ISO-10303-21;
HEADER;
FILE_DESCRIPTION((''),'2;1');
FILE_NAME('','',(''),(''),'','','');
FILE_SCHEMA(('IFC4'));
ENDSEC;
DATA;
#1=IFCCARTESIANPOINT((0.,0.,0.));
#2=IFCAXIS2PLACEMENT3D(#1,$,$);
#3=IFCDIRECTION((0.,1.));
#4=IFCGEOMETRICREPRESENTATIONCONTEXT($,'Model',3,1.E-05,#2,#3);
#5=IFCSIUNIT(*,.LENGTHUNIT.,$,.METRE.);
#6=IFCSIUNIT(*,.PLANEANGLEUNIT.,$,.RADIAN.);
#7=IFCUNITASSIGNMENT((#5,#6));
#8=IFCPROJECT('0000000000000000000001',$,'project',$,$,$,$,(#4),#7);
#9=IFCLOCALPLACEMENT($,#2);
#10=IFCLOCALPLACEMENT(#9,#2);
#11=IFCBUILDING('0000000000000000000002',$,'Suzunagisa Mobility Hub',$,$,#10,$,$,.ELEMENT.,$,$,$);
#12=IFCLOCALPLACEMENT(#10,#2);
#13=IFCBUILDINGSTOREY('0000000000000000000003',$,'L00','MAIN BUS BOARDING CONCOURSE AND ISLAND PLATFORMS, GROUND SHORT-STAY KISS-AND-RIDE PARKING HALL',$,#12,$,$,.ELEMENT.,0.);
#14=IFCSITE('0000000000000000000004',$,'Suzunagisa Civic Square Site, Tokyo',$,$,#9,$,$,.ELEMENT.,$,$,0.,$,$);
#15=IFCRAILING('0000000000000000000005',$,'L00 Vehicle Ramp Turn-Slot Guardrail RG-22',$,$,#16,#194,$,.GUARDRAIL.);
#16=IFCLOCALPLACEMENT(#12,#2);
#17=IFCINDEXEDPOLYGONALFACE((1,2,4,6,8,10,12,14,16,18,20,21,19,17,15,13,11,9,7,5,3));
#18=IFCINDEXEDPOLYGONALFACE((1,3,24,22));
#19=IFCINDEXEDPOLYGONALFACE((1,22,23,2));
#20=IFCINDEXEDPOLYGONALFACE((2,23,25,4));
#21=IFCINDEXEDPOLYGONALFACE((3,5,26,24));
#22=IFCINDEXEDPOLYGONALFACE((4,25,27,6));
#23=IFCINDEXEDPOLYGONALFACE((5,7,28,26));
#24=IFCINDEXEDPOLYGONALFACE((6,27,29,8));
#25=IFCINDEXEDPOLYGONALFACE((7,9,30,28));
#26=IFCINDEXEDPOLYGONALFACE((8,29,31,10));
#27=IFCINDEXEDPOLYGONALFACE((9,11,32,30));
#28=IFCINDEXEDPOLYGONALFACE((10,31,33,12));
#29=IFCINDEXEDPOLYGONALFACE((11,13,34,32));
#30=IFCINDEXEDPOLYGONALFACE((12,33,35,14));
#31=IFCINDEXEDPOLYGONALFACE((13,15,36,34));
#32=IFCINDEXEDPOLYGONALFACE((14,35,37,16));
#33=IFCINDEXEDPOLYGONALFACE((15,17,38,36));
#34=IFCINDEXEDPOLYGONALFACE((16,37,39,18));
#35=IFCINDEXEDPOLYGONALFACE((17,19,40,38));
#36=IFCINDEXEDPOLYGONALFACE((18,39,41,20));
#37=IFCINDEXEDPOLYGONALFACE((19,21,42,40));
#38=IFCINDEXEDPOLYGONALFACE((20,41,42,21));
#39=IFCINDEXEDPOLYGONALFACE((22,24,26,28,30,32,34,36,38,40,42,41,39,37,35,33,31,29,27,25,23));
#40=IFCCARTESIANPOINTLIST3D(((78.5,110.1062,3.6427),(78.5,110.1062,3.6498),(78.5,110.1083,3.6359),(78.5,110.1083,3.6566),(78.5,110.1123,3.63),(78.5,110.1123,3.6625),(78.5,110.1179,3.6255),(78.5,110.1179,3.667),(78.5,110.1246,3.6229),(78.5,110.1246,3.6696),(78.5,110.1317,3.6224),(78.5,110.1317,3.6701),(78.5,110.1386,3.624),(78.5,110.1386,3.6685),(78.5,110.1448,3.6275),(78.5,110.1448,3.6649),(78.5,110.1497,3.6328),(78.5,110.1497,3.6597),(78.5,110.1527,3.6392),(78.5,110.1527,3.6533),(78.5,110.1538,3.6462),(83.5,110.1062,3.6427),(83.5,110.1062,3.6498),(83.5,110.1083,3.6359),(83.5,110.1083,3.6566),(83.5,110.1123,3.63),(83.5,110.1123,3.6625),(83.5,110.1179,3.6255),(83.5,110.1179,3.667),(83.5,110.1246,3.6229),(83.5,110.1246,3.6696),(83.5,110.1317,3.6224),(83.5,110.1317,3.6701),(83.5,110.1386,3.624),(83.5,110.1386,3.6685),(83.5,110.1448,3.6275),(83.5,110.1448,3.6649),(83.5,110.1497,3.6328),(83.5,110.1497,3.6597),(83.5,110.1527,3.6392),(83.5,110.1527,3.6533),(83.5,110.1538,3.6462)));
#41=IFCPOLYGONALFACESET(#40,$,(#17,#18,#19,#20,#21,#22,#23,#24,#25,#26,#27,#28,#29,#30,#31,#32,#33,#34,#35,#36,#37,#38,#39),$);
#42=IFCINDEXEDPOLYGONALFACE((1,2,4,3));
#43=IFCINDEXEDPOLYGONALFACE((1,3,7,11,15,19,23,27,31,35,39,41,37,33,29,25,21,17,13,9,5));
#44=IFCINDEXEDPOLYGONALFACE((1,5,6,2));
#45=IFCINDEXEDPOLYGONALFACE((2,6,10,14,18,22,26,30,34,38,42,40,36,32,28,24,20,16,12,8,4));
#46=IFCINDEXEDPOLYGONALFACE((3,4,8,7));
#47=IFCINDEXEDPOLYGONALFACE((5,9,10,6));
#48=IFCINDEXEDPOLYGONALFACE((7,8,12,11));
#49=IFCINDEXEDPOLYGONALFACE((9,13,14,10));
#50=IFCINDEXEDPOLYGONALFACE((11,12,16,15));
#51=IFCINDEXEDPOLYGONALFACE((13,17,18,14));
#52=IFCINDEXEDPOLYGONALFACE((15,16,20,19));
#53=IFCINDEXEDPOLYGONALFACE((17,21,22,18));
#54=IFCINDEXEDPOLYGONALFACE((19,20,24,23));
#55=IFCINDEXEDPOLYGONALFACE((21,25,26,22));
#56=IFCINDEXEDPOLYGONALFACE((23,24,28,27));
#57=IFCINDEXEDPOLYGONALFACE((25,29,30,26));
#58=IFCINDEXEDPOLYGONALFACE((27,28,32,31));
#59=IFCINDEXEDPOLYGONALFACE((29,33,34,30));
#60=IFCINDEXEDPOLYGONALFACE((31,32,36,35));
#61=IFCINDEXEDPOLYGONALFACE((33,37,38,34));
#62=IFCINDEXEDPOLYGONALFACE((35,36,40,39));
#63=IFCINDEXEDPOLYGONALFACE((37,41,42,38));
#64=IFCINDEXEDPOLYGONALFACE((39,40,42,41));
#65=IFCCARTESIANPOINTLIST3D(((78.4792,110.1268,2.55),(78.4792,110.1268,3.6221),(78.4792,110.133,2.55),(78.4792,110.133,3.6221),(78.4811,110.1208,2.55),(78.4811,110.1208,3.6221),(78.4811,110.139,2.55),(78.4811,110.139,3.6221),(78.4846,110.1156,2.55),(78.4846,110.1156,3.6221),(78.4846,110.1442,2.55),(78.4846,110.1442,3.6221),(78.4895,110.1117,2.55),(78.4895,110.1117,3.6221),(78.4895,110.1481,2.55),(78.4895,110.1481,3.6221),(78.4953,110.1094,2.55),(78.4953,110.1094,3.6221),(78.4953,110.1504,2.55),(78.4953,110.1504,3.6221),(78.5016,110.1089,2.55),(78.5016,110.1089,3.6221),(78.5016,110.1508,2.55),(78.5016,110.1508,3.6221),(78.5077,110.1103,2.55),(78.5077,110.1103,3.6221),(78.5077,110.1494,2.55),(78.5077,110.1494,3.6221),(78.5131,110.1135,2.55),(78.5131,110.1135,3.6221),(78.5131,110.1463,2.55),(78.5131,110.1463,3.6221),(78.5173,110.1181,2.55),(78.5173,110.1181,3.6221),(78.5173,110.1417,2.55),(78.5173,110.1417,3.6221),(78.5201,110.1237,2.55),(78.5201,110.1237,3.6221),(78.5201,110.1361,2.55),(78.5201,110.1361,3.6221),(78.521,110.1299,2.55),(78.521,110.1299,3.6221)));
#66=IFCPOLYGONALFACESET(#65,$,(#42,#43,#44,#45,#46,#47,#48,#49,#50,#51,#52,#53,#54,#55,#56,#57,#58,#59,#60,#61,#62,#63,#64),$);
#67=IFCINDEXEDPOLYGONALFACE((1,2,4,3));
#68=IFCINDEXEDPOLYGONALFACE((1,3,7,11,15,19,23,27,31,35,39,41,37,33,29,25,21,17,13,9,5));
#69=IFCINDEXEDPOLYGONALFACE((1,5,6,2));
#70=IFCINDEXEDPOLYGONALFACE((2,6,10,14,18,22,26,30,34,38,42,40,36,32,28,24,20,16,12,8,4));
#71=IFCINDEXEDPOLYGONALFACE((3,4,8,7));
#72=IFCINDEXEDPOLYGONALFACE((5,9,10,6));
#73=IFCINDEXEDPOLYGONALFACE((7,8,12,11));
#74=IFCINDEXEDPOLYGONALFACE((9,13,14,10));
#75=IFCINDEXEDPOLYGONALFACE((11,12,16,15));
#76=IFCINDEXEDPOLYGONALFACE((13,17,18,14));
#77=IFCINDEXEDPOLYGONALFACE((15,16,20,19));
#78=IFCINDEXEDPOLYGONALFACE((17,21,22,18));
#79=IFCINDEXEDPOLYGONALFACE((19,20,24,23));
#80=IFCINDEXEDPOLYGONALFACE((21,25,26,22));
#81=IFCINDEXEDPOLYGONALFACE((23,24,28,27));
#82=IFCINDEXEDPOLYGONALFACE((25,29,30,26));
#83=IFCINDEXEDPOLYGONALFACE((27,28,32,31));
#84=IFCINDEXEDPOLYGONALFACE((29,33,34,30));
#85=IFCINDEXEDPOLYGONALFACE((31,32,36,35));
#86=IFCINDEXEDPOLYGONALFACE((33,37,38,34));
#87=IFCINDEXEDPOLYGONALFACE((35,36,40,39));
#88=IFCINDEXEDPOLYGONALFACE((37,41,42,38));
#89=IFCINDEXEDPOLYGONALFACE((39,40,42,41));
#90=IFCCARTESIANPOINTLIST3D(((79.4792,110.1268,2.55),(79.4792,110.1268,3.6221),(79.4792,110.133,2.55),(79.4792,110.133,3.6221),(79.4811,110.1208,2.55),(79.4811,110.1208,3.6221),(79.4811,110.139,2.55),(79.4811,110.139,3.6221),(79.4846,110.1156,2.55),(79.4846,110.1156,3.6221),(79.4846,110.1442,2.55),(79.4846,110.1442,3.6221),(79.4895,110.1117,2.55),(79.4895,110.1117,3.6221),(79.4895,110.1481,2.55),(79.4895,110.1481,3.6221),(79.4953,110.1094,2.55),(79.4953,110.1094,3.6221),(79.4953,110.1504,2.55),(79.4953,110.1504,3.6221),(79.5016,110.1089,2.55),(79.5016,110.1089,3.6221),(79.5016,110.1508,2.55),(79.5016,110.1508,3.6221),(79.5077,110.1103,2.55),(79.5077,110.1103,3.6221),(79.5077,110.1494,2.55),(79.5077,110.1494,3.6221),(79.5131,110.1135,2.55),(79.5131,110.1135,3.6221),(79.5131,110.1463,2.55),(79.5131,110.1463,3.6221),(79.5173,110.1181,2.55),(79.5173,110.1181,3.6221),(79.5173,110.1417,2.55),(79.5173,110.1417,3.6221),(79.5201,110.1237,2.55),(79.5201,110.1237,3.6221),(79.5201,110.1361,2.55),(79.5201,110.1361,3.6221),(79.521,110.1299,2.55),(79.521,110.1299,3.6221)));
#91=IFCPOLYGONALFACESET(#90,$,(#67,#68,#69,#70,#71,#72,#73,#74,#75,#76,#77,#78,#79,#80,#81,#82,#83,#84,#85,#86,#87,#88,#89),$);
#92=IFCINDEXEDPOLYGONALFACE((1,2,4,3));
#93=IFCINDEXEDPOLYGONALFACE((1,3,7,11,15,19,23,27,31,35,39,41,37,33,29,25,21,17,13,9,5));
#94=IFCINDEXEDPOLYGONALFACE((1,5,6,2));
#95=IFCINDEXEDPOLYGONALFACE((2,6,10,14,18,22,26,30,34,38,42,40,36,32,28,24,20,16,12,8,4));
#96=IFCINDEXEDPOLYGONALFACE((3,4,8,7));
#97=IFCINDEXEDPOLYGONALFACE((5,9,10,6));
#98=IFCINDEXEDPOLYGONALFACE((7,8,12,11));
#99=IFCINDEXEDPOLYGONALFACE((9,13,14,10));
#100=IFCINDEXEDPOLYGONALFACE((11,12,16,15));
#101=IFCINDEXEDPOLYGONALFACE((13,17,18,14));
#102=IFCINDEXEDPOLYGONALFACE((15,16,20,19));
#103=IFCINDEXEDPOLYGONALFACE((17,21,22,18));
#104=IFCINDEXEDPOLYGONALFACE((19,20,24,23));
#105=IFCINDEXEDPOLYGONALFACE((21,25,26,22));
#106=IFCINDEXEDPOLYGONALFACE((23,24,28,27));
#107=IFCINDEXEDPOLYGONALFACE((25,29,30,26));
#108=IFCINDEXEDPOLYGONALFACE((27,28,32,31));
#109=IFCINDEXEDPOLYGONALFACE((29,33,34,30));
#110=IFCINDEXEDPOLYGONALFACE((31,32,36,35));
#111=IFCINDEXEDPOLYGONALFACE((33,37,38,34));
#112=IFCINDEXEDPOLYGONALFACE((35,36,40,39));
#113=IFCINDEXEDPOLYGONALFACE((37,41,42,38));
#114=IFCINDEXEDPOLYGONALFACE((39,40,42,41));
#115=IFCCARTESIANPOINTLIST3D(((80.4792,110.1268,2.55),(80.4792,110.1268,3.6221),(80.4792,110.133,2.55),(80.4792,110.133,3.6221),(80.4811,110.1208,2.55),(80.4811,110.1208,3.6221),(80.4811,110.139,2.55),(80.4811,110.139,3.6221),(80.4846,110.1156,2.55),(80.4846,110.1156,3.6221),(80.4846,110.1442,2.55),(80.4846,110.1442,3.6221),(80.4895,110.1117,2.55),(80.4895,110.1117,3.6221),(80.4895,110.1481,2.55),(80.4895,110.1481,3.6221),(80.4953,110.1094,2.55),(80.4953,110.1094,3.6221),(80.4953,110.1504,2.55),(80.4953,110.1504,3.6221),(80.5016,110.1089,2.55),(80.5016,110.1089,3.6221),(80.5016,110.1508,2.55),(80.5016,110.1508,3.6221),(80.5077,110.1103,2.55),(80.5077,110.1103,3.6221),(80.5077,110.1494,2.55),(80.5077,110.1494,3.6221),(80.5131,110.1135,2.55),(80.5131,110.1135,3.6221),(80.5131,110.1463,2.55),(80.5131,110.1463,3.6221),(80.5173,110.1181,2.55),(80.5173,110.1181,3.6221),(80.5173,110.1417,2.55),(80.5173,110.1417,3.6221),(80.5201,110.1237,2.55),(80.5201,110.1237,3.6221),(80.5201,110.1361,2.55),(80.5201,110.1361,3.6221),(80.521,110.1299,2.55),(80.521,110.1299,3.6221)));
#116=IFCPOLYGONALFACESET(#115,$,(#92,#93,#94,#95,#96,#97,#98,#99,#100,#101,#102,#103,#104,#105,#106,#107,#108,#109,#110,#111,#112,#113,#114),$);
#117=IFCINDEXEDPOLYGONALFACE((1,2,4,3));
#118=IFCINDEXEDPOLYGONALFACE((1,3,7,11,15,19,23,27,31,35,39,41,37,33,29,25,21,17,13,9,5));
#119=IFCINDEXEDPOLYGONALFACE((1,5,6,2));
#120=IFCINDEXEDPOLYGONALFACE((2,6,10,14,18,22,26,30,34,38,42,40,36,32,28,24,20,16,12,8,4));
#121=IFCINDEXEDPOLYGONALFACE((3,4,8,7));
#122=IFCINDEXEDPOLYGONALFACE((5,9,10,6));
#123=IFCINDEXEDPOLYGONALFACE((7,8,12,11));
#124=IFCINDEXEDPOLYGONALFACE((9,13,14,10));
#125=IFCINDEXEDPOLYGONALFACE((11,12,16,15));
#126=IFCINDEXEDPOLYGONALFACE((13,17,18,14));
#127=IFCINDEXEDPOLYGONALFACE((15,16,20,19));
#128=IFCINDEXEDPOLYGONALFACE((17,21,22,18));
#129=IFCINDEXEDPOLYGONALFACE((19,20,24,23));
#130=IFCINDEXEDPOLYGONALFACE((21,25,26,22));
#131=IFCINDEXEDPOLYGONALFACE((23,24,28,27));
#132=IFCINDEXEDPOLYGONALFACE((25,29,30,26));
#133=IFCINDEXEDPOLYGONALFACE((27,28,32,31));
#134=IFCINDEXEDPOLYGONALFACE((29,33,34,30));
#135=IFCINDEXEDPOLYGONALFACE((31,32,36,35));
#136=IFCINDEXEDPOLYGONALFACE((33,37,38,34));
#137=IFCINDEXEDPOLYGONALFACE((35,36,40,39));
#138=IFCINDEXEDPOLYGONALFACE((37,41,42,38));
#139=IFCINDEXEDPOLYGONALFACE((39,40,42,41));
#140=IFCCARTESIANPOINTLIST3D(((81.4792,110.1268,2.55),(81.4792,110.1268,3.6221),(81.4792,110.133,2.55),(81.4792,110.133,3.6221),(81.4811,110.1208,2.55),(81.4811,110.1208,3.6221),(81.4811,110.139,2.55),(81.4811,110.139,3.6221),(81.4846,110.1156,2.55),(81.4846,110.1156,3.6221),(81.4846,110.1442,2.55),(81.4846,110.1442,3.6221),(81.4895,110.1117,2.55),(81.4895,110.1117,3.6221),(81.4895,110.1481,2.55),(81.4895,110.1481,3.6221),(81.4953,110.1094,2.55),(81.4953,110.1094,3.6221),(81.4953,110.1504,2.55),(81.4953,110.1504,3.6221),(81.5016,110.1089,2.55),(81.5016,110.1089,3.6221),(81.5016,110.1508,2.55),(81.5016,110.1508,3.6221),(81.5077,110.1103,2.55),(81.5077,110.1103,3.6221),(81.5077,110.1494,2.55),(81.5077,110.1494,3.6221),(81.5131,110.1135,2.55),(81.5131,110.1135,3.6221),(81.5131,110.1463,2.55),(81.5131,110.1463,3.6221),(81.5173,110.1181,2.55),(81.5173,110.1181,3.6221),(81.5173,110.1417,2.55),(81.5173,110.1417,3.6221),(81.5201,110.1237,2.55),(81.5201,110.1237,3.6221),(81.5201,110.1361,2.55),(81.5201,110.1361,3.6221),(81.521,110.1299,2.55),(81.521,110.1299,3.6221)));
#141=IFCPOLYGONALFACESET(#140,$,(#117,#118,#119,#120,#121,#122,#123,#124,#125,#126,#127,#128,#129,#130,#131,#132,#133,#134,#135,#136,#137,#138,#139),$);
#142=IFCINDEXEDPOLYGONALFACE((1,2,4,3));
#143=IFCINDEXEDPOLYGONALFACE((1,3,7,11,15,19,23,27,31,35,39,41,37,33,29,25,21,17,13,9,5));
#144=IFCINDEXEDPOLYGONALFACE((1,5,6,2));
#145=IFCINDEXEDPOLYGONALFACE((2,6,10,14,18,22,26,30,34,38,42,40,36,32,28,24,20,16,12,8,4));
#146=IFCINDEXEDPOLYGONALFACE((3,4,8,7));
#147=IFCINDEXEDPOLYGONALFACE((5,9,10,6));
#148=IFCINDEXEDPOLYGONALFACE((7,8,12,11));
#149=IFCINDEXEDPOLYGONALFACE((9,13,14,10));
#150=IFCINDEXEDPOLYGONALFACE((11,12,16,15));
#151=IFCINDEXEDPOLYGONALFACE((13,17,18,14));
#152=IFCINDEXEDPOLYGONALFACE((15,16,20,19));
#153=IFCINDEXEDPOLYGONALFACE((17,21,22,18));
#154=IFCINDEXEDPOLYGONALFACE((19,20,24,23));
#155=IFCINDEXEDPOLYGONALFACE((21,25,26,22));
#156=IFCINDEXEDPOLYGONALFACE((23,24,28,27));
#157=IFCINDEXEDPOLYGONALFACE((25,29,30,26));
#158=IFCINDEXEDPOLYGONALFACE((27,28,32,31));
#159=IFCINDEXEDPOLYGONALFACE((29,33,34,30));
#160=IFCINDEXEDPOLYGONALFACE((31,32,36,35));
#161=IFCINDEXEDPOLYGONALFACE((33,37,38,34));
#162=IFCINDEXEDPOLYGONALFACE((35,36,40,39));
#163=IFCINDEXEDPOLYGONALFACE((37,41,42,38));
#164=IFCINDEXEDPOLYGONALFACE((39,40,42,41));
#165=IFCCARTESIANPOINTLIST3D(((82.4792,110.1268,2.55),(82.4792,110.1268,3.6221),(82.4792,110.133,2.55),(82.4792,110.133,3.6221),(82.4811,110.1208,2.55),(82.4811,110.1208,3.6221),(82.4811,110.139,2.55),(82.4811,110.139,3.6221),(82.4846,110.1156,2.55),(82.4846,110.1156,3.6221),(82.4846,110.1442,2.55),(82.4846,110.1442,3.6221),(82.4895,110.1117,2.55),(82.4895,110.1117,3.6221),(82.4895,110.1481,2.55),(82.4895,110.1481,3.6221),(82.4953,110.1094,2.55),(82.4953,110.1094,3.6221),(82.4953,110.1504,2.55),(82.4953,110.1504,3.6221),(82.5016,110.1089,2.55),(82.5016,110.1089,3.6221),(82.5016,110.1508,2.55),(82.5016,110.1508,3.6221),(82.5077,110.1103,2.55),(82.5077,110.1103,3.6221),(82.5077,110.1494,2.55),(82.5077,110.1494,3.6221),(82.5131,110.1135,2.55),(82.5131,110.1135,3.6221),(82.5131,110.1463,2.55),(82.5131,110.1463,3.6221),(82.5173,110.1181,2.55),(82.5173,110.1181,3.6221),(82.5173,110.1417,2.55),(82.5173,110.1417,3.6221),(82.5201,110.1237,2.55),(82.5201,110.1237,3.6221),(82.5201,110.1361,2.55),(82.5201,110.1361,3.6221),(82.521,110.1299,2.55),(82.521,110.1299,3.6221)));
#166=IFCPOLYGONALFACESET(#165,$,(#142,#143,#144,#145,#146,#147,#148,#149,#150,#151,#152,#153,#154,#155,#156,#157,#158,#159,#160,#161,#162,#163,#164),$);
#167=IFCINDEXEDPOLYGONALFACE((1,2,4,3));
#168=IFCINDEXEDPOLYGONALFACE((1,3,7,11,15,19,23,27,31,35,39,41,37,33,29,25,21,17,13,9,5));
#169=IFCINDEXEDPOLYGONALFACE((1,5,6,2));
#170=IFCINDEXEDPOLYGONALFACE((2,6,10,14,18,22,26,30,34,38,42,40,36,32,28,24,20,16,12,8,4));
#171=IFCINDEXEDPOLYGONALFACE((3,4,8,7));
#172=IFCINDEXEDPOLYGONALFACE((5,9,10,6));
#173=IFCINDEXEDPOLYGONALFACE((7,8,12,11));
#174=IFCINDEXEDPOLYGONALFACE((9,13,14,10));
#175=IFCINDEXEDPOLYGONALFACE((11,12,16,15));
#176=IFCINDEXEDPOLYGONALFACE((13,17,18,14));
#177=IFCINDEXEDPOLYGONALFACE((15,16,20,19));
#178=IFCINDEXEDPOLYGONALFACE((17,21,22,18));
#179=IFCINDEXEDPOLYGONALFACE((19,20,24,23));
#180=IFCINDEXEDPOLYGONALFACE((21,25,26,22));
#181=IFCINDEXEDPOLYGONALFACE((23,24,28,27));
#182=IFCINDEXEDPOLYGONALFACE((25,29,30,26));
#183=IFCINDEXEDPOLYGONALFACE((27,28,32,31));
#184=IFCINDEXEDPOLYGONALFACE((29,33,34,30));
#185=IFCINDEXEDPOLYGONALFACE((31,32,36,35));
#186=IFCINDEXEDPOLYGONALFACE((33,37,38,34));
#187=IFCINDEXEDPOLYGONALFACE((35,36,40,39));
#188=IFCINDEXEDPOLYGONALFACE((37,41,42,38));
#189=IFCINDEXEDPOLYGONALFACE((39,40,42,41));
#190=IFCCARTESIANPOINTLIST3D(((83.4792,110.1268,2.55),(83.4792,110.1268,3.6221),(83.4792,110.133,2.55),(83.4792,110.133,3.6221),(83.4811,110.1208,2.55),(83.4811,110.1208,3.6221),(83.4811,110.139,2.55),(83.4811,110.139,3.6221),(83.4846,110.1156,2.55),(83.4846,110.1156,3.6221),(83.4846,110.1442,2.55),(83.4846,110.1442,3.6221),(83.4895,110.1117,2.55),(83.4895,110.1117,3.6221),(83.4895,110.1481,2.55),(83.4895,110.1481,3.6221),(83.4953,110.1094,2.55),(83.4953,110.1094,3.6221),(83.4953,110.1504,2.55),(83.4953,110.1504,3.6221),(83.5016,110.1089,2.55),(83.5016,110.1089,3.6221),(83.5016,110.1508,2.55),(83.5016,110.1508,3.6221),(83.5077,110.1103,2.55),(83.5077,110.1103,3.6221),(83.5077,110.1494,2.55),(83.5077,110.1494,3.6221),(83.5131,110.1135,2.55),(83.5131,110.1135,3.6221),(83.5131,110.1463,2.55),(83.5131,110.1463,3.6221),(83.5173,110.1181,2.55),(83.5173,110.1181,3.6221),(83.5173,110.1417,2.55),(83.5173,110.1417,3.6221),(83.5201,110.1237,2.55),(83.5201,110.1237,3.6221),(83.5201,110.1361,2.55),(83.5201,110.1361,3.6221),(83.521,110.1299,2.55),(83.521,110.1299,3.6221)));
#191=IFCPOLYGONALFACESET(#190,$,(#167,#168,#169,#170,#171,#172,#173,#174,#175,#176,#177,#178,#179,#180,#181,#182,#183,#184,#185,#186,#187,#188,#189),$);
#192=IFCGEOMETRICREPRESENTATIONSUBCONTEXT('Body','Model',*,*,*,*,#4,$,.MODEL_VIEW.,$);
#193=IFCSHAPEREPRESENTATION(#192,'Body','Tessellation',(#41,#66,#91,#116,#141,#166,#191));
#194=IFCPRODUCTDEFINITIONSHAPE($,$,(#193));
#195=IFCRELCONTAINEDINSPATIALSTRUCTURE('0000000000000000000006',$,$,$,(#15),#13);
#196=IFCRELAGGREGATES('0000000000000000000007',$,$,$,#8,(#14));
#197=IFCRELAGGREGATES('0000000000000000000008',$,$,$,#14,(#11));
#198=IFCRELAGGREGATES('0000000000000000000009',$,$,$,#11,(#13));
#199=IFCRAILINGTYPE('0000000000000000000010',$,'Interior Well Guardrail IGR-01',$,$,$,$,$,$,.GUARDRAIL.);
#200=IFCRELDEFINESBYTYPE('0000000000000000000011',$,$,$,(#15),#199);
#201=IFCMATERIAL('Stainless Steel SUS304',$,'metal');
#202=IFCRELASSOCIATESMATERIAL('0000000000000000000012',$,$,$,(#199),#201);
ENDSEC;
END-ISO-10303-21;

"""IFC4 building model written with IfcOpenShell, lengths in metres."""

from ifc_helpers import new_model, si_unit, direction, frame, origin, origin_2d, place, context, subcontext, project, spatial, circle, extrude, material, type_object, element, save


model = new_model("IFC4")

# Units and contexts
model_context = context("Model", 3, precision=1e-05, world=origin(), true_north=direction((0.0, 1.0)))
body_context = subcontext(model_context, "Body", "Model", "MODEL_VIEW")
ifc_project = project(units=[si_unit("LENGTHUNIT", "METRE"), si_unit("PLANEANGLEUNIT", "RADIAN")], contexts=[model_context])

# Site, building, storey
site_placement = place(None, origin())
site = spatial("IfcSite", under=ifc_project, at=site_placement, Name="Suzunagisa Civic Square Site, Tokyo", CompositionType="ELEMENT", RefElevation=0.0)
building_placement = place(site_placement, origin())
building = spatial("IfcBuilding", under=site, at=building_placement, Name="Suzunagisa Mobility Hub", CompositionType="ELEMENT")
storey_placement = place(building_placement, origin())
storey = spatial("IfcBuildingStorey", under=building, at=storey_placement, Name="L00", Description="MAIN BUS BOARDING CONCOURSE AND ISLAND PLATFORMS, GROUND SHORT-STAY KISS-AND-RIDE PARKING HALL", CompositionType="ELEMENT", Elevation=0.0)

# Railing
ifc_material_1 = material(Name="Stainless Steel SUS304", Category="metal")
railing_type = type_object("IfcRailingType", Name="Interior Well Guardrail IGR-01", PredefinedType="GUARDRAIL", material=ifc_material_1)
railing_1_placement = place(storey_placement, frame((78.5, 110.1299, 2.55)))
element("IfcRailing", 1, at=railing_1_placement, inside=storey, type_object=railing_type, Name="L00 Vehicle Ramp Turn-Slot Guardrail RG-22", PredefinedType="GUARDRAIL", context=body_context, shape_type="SweptSolid", body=[
    extrude(circle(Radius=0.0239, at=origin_2d()), frame((0.0, 0.0, 1.0962), z_axis=(1.0, 0.0, 0.0), x_axis=(0.0, 1.0, 0.0)), (0.0, 0.0, 1.0), 5.0),
    extrude(circle(Radius=0.021, at=origin_2d()), origin(), (0.0, 0.0, 1.0), 1.072),
    extrude(circle(Radius=0.021, at=origin_2d()), frame((1.0, 0.0, 0.0)), (0.0, 0.0, 1.0), 1.072),
    extrude(circle(Radius=0.021, at=origin_2d()), frame((2.0, 0.0, 0.0)), (0.0, 0.0, 1.0), 1.072),
    extrude(circle(Radius=0.021, at=origin_2d()), frame((3.0, 0.0, 0.0)), (0.0, 0.0, 1.0), 1.072),
    extrude(circle(Radius=0.021, at=origin_2d()), frame((4.0, 0.0, 0.0)), (0.0, 0.0, 1.0), 1.072),
    extrude(circle(Radius=0.021, at=origin_2d()), frame((5.0, 0.0, 0.0)), (0.0, 0.0, 1.0), 1.072),
])

save(model, "model.ifc")
